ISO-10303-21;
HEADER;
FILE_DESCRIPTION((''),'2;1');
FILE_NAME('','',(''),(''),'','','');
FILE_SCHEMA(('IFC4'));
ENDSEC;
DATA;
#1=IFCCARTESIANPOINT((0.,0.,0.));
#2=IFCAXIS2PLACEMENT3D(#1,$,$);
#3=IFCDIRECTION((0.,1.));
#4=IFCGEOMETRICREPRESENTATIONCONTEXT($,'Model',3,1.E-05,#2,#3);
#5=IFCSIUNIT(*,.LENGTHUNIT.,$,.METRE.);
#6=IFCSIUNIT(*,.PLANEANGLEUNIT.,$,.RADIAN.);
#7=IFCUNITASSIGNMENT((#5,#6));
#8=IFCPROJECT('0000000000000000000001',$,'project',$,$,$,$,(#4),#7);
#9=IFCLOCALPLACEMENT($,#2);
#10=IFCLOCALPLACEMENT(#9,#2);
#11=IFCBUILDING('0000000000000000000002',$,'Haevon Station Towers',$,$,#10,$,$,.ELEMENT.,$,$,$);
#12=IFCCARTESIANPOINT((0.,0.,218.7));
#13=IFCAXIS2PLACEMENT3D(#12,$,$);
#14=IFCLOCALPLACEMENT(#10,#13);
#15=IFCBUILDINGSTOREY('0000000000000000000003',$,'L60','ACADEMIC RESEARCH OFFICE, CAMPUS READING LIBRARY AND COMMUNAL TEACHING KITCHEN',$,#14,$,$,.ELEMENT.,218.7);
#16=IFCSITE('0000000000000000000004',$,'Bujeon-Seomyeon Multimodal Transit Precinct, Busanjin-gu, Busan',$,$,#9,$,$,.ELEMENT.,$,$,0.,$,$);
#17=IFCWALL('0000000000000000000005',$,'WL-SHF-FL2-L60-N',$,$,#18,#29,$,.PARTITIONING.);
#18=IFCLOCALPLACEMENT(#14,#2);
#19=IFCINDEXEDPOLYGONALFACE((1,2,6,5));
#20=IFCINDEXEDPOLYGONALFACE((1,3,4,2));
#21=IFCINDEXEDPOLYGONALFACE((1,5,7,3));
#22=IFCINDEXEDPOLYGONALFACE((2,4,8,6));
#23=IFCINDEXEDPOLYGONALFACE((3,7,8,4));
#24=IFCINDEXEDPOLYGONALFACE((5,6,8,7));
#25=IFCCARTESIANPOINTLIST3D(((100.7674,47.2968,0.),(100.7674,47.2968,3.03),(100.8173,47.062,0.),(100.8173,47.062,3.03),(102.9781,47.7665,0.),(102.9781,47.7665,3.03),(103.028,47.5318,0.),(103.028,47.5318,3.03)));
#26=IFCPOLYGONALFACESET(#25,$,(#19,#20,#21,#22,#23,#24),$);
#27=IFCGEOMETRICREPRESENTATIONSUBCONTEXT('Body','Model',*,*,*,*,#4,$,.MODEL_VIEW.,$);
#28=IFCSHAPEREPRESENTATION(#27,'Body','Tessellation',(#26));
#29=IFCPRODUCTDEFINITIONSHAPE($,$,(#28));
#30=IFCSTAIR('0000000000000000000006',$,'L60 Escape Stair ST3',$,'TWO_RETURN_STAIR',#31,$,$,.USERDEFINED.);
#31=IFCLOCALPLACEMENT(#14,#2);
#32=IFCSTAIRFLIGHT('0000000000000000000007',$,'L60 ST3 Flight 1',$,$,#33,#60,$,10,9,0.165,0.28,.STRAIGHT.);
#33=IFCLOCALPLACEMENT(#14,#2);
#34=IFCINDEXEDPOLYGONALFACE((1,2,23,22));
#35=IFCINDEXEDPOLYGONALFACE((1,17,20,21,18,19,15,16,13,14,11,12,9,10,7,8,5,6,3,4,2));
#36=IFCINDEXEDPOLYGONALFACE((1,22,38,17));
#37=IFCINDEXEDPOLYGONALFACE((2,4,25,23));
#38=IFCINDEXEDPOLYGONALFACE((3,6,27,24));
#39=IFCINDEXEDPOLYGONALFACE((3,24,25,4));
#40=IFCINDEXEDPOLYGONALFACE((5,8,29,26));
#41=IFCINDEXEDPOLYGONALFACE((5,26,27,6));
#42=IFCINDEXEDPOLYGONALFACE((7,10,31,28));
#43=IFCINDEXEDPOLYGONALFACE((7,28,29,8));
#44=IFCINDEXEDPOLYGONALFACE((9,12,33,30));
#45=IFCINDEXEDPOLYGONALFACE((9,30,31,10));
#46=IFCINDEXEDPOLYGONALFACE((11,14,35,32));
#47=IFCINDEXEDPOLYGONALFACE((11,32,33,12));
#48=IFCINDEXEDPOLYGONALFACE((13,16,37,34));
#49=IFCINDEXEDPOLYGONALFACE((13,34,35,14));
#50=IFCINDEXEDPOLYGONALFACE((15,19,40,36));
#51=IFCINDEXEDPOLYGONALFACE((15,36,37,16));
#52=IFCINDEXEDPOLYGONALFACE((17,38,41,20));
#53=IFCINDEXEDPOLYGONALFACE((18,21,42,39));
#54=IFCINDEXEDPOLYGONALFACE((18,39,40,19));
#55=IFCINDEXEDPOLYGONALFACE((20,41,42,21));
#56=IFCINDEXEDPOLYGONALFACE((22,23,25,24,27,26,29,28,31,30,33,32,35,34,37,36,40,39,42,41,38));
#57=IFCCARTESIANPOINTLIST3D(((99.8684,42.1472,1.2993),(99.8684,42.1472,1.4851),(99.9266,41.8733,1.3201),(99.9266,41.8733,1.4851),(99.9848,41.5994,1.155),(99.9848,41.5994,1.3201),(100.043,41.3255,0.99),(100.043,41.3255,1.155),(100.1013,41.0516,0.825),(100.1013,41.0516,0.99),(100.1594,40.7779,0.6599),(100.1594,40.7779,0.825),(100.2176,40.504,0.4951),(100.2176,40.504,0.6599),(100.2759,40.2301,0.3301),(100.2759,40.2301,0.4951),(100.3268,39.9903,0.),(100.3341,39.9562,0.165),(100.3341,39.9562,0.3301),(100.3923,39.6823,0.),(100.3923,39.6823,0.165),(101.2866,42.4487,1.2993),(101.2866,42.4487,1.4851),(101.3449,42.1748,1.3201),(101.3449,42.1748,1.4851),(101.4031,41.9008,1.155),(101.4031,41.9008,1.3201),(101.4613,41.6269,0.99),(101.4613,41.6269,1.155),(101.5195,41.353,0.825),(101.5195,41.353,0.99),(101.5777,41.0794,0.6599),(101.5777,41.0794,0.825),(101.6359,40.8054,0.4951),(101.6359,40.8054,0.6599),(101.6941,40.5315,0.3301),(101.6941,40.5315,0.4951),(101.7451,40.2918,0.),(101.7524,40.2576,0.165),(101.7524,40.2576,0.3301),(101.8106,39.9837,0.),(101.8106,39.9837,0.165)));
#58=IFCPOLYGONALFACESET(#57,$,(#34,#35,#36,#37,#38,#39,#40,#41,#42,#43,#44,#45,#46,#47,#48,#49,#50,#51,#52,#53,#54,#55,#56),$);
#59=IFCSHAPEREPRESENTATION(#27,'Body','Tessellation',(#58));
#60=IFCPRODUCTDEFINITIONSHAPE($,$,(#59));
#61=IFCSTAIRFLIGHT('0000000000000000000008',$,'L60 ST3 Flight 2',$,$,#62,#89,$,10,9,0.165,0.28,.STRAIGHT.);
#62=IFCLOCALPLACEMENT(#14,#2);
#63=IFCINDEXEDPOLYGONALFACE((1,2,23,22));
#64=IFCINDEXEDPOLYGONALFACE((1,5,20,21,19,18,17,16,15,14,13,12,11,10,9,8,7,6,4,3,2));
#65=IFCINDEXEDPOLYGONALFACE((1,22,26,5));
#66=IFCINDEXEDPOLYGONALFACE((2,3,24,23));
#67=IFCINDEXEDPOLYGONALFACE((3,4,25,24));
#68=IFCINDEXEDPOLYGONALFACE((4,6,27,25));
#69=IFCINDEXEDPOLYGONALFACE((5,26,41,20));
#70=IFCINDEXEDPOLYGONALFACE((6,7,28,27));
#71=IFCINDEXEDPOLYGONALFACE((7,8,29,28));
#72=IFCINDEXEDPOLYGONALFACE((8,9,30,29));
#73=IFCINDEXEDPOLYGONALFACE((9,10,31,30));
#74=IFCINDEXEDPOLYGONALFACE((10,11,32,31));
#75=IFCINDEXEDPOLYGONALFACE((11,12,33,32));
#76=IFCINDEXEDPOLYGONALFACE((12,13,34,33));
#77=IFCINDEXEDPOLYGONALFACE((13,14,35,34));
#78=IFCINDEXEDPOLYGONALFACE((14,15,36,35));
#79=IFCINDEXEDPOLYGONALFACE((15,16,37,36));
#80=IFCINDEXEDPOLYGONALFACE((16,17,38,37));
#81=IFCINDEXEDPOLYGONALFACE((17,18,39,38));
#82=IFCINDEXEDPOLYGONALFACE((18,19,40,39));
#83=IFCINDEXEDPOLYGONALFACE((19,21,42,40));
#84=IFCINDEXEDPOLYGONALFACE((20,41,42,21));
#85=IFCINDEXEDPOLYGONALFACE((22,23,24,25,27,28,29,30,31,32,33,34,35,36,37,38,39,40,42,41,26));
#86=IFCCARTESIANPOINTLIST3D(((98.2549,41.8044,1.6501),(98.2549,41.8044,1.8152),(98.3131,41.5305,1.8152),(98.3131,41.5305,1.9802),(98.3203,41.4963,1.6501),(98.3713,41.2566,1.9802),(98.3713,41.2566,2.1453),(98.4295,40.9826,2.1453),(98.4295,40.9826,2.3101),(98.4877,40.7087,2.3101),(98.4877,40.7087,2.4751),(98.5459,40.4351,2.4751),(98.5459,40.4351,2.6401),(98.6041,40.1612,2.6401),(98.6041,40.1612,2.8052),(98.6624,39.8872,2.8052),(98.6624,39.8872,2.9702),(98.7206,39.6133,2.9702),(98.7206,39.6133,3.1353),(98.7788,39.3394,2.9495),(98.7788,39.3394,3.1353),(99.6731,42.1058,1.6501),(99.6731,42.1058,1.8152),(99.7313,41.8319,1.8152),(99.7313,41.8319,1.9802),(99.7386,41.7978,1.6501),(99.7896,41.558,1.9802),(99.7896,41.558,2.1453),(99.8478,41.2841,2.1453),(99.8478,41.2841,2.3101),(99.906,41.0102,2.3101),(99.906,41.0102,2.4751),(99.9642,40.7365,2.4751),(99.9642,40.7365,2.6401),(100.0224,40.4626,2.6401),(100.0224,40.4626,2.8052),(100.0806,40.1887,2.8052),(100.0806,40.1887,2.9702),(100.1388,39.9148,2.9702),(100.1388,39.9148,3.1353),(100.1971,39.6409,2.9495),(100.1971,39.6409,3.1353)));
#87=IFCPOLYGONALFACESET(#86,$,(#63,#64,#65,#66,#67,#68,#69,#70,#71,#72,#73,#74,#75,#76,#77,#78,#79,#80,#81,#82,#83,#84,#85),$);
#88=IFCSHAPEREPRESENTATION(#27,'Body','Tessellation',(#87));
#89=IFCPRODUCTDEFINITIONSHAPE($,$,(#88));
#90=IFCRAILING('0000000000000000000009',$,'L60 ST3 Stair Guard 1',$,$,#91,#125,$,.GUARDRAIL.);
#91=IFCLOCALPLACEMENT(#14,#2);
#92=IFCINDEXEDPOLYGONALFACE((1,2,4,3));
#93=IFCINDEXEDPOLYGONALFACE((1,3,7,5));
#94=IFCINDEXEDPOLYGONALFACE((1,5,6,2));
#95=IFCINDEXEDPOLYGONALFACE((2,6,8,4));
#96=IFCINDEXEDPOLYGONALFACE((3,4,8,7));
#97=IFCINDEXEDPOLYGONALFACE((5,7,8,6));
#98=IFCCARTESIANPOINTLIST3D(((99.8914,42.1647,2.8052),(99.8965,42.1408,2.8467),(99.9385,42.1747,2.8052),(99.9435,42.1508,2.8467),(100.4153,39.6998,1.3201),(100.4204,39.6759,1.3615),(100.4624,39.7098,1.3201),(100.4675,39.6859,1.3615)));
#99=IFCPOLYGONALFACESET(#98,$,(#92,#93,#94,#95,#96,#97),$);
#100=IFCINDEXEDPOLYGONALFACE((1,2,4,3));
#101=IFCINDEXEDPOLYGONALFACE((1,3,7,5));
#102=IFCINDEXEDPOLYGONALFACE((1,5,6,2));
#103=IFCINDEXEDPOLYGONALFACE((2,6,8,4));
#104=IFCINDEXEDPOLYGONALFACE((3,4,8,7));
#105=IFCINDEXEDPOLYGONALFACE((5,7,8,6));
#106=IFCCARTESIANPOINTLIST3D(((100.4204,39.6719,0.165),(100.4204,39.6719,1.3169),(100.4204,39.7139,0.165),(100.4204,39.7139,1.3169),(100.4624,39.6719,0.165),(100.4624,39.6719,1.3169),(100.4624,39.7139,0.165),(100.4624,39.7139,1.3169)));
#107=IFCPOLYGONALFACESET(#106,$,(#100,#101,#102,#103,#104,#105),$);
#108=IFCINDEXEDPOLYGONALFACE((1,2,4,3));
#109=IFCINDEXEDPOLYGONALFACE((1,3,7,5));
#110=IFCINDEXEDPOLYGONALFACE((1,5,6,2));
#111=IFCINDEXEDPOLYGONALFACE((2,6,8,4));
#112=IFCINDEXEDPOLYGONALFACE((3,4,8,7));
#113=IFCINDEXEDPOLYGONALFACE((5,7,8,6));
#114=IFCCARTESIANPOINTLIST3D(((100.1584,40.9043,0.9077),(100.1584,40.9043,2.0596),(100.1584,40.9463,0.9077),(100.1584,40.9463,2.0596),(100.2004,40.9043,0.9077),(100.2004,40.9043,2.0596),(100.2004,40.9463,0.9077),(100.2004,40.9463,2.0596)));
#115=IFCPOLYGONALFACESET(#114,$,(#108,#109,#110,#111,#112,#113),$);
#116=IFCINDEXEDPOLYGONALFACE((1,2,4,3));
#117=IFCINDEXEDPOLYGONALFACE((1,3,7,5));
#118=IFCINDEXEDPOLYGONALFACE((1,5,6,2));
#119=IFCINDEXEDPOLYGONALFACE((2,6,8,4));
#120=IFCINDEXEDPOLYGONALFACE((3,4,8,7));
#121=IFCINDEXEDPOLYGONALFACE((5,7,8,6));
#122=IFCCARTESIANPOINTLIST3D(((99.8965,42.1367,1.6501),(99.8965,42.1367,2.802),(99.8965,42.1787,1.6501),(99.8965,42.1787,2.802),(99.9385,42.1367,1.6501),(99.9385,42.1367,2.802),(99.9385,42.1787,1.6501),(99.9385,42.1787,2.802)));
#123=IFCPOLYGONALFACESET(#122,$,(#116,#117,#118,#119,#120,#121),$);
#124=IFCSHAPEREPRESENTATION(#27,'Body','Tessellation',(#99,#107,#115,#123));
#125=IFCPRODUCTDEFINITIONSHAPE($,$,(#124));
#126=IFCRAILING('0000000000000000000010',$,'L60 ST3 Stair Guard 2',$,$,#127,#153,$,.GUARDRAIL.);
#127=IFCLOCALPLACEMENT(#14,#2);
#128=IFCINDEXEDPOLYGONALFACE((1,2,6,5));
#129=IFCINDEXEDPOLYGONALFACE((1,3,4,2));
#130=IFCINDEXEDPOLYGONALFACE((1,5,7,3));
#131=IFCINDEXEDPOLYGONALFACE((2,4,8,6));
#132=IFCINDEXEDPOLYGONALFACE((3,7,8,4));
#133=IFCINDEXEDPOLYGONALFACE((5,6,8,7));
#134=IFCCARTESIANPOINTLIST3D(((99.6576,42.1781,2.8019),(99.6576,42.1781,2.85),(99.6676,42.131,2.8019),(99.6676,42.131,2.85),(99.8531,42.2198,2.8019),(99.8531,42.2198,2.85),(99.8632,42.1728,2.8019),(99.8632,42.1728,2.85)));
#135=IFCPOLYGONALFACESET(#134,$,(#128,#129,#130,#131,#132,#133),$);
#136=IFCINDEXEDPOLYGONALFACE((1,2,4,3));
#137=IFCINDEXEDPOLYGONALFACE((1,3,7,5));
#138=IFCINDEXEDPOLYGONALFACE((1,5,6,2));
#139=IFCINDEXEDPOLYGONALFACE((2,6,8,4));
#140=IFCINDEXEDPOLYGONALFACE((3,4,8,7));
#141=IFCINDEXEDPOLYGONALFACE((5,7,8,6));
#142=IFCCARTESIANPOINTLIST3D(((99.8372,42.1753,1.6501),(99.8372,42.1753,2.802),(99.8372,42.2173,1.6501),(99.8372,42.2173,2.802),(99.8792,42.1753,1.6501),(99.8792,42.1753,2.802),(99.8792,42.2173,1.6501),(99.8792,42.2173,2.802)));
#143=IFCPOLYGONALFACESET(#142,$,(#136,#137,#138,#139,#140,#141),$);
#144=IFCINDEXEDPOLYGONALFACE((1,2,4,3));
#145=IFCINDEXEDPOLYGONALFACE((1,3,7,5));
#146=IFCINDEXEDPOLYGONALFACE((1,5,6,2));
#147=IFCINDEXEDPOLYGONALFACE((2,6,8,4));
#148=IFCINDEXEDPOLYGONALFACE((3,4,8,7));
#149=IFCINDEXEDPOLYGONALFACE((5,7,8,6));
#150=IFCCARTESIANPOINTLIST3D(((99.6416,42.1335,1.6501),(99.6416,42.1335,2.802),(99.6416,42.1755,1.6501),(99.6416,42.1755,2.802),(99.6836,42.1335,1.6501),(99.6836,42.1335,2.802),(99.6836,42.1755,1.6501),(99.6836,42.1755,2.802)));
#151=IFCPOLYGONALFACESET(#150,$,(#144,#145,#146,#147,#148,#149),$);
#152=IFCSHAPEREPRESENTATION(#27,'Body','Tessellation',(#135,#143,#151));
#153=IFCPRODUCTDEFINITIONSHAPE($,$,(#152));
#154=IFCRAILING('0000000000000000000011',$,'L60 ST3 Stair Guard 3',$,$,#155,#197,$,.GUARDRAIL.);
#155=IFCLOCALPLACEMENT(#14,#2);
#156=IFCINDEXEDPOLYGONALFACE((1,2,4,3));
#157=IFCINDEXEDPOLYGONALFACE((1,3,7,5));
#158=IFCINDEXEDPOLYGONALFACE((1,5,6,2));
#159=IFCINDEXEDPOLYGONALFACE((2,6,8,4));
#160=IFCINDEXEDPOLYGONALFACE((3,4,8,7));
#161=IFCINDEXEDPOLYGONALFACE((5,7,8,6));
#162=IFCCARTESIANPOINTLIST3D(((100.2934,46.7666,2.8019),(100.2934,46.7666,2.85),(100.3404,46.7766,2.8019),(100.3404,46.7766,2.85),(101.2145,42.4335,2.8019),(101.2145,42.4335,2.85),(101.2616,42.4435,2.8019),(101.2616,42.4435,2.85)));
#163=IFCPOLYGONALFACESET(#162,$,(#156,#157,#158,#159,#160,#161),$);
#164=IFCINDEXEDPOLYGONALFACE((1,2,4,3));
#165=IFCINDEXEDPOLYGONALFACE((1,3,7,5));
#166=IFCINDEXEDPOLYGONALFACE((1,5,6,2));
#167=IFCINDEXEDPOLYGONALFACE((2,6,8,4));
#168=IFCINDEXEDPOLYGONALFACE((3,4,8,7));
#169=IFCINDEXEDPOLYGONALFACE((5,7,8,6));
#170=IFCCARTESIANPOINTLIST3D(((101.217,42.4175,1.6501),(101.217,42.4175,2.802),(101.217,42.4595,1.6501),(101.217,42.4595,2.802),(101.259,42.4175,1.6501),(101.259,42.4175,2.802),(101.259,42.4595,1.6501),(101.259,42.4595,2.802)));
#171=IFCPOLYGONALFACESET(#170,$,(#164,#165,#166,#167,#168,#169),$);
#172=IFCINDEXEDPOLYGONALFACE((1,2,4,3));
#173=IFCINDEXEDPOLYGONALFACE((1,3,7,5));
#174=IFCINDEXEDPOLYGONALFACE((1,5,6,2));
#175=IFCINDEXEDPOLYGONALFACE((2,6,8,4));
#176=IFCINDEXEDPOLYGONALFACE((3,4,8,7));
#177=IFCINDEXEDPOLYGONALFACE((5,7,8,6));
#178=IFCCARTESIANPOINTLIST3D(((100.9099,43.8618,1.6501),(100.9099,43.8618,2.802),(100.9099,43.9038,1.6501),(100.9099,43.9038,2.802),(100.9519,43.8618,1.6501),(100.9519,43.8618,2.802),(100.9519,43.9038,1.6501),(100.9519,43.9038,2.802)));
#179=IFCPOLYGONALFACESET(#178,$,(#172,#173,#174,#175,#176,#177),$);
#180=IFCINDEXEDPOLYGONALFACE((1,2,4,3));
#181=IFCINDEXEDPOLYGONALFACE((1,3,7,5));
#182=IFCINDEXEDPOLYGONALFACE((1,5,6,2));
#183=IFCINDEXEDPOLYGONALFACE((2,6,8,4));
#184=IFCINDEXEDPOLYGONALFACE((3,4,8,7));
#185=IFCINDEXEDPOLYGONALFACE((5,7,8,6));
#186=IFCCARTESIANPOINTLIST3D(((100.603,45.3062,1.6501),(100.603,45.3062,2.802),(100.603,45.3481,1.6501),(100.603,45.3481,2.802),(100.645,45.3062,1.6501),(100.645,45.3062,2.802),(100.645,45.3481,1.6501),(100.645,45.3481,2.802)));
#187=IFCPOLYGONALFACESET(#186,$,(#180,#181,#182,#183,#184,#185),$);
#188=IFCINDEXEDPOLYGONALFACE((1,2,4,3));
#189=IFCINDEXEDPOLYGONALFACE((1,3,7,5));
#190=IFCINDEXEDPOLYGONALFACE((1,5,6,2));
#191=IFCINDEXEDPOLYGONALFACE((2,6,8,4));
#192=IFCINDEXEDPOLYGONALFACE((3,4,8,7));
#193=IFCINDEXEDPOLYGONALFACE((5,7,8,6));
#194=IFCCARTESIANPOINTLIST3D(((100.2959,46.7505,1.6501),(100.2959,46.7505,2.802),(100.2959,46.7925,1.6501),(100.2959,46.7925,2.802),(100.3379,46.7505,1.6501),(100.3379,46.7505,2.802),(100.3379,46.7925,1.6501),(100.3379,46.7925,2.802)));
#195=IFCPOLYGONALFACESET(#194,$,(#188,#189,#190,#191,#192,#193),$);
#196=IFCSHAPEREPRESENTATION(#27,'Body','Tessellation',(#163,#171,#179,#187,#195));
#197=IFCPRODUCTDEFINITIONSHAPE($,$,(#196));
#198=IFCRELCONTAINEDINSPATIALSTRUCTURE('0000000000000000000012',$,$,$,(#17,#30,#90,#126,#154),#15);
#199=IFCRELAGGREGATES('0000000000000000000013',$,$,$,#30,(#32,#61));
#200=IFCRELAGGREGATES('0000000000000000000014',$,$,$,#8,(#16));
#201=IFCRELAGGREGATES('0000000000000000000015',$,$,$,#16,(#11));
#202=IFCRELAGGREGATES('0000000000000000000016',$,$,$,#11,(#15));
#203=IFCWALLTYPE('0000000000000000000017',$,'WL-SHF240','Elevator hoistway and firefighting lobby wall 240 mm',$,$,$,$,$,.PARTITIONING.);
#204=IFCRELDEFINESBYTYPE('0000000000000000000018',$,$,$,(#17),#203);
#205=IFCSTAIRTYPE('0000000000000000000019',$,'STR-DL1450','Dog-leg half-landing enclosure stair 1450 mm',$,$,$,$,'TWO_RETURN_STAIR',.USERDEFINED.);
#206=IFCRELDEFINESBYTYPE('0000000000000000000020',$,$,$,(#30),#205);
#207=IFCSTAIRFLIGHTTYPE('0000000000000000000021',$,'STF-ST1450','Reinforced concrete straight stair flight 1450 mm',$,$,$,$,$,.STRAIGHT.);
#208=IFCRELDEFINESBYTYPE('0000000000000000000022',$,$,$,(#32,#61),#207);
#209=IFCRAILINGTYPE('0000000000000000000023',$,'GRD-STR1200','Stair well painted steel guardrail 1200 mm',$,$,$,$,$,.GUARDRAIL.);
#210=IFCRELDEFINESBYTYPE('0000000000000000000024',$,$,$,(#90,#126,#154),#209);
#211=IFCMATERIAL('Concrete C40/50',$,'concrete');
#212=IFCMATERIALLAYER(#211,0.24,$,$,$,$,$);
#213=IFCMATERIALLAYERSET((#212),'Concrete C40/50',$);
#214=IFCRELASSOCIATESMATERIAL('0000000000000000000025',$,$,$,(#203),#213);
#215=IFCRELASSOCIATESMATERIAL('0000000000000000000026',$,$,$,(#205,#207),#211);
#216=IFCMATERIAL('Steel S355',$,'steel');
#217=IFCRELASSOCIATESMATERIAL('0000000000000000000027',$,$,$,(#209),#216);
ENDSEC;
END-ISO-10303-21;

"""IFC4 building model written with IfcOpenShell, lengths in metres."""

from ifc_helpers import new_model, si_unit, direction, frame, frame_2d, origin, origin_2d, place, context, subcontext, project, spatial, polyline, rectangle, outline, extrude, material, layer, layer_set, type_object, element, aggregate, save


model = new_model("IFC4")

# Units and contexts
model_context = context("Model", 3, precision=1e-05, world=origin(), true_north=direction((0.0, 1.0)))
body_context = subcontext(model_context, "Body", "Model", "MODEL_VIEW")
ifc_project = project(units=[si_unit("LENGTHUNIT", "METRE"), si_unit("PLANEANGLEUNIT", "RADIAN")], contexts=[model_context])

# Site, building, storey
site_placement = place(None, origin())
site = spatial("IfcSite", under=ifc_project, at=site_placement, Name="Bujeon-Seomyeon Multimodal Transit Precinct, Busanjin-gu, Busan", CompositionType="ELEMENT", RefElevation=0.0)
building_placement = place(site_placement, origin())
building = spatial("IfcBuilding", under=site, at=building_placement, Name="Haevon Station Towers", CompositionType="ELEMENT")
storey_placement = place(building_placement, frame((0.0, 0.0, 218.7)))
storey = spatial("IfcBuildingStorey", under=building, at=storey_placement, Name="L60", Description="ACADEMIC RESEARCH OFFICE, CAMPUS READING LIBRARY AND COMMUNAL TEACHING KITCHEN", CompositionType="ELEMENT", Elevation=218.7)

# Shared definitions
ifc_material_1 = material(Name="Steel S355", Category="steel")

# Shared definitions
ifc_material_2 = material(Name="Concrete C40/50", Category="concrete")
ifc_layer_1 = layer(ifc_material_2, 0.24)
ifc_layer_set_1 = layer_set([ifc_layer_1], Name="Concrete C40/50")
wall_type_1 = type_object("IfcWallType", Name="WL-SHF240", Description="Elevator hoistway and firefighting lobby wall 240 mm", PredefinedType="PARTITIONING", material=ifc_layer_set_1)

# Wall
wall_1_placement = place(storey_placement, frame((100.7925, 47.1794, 0.0), z_axis=(0.0, 0.0, 1.0), x_axis=(0.978163, 0.207839, 0.0)))
element("IfcWall", 1, at=wall_1_placement, inside=storey, type_object=wall_type_1, Name="WL-SHF-FL2-L60-N", PredefinedType="PARTITIONING", context=body_context, shape_type="SweptSolid", body=[
    extrude(rectangle(XDim=2.26, YDim=0.24, at=frame_2d((1.1299, 0.0))), origin(), (0.0, 0.0, 1.0), 3.03),
])

# Stair, stair flights
stair_type = type_object("IfcStairType", Name="STR-DL1450", Description="Dog-leg half-landing enclosure stair 1450 mm", ElementType="TWO_RETURN_STAIR", PredefinedType="USERDEFINED", material=ifc_material_2)
stair_placement = place(storey_placement, origin())
stair = element("IfcStair", 2, at=stair_placement, inside=storey, type_object=stair_type, Name="L60 Escape Stair ST3", ObjectType="TWO_RETURN_STAIR", PredefinedType="USERDEFINED")
stair_flight_type = type_object("IfcStairFlightType", Name="STF-ST1450", Description="Reinforced concrete straight stair flight 1450 mm", PredefinedType="STRAIGHT", material=ifc_material_2)
stair_flight_1_placement = place(storey_placement, frame((101.1016, 39.833, 0.0), z_axis=(0.0, 0.0, 1.0), x_axis=(-0.207912, 0.978148, 0.0)))
stair_flight_1 = element("IfcStairFlight", 3, at=stair_flight_1_placement, type_object=stair_flight_type, Name="L60 ST3 Flight 1", NumberOfRisers=10, NumberOfTreads=9, PredefinedType="STRAIGHT", RiserHeight=0.165, TreadLength=0.28, context=body_context, shape_type="SweptSolid", body=[
    extrude(outline(polyline([(0.0, 0.0), (0.0, 0.165), (0.28, 0.165), (0.28, 0.3301), (0.5601, 0.3301), (0.5601, 0.4951), (0.8401, 0.4951), (0.8401, 0.6599), (1.1201, 0.6599), (1.1201, 0.825), (1.3999, 0.825), (1.3999, 0.99), (1.6799, 0.99), (1.6799, 1.155), (1.96, 1.155), (1.96, 1.3201), (2.24, 1.3201), (2.24, 1.4851), (2.52, 1.4851), (2.52, 1.6499), (2.52, 1.2993), (0.3149, 0.0), (0.0, 0.0)])), frame((0.0, 0.7251, 0.0), z_axis=(0.0, -1.0, 0.0), x_axis=(1.0, 0.0, 0.0)), (0.0, 0.0, 1.0), 1.45),
])
stair_flight_2_placement = place(storey_placement, frame((98.9639, 41.9551, 1.6501), z_axis=(0.0, 0.0, 1.0), x_axis=(0.207912, -0.978148, 0.0)))
stair_flight_2 = element("IfcStairFlight", 4, at=stair_flight_2_placement, type_object=stair_flight_type, Name="L60 ST3 Flight 2", NumberOfRisers=10, NumberOfTreads=9, PredefinedType="STRAIGHT", RiserHeight=0.165, TreadLength=0.28, context=body_context, shape_type="SweptSolid", body=[
    extrude(outline(polyline([(0.0, 0.0), (0.0, 0.165), (0.28, 0.165), (0.28, 0.3301), (0.5601, 0.3301), (0.5601, 0.4951), (0.8401, 0.4951), (0.8401, 0.6599), (1.1201, 0.6599), (1.1201, 0.825), (1.3999, 0.825), (1.3999, 0.99), (1.6799, 0.99), (1.6799, 1.155), (1.96, 1.155), (1.96, 1.3201), (2.24, 1.3201), (2.24, 1.4851), (2.52, 1.4851), (2.52, 1.6499), (2.52, 1.2993), (0.3149, 0.0), (0.0, 0.0)])), frame((0.0, 0.7251, 0.0), z_axis=(0.0, -1.0, 0.0), x_axis=(1.0, 0.0, 0.0)), (0.0, 0.0, 1.0), 1.45),
])
aggregate(stair, [stair_flight_1, stair_flight_2])

# Railings
railing_type_1 = type_object("IfcRailingType", Name="GRD-STR1200", Description="Stair well painted steel guardrail 1200 mm", PredefinedType="GUARDRAIL", material=ifc_material_1)
railing_1_placement = place(storey_placement, frame((100.4414, 39.6929, 0.165)))
element("IfcRailing", 5, at=railing_1_placement, inside=storey, type_object=railing_type_1, Name="L60 ST3 Stair Guard 1", PredefinedType="GUARDRAIL", context=body_context, shape_type="SweptSolid", body=[
    extrude(rectangle(XDim=0.0481, YDim=0.0481, at=origin_2d()), frame((0.0, 0.0, 1.1758), z_axis=(-0.179121, 0.842688, 0.507733), x_axis=(-0.978147, -0.207914, 0.0)), (0.0, 0.0, 1.0), 2.925),
    extrude(rectangle(XDim=0.042, YDim=0.042, at=origin_2d()), origin(), (0.0, 0.0, 1.0), 1.1519),
    extrude(rectangle(XDim=0.042, YDim=0.042, at=origin_2d()), frame((-0.262, 1.2324, 0.7427)), (0.0, 0.0, 1.0), 1.1519),
    extrude(rectangle(XDim=0.042, YDim=0.042, at=origin_2d()), frame((-0.5239, 2.4648, 1.4851)), (0.0, 0.0, 1.0), 1.1519),
])
railing_2_placement = place(storey_placement, frame((99.8582, 42.1963, 1.6501)))
element("IfcRailing", 6, at=railing_2_placement, inside=storey, type_object=railing_type_1, Name="L60 ST3 Stair Guard 2", PredefinedType="GUARDRAIL", context=body_context, shape_type="SweptSolid", body=[
    extrude(rectangle(XDim=0.0481, YDim=0.0481, at=origin_2d()), frame((0.0, 0.0, 1.1758), z_axis=(-0.977963, -0.208779, 0.0), x_axis=(0.208779, -0.977963, 0.0)), (0.0, 0.0, 1.0), 0.2),
    extrude(rectangle(XDim=0.042, YDim=0.042, at=origin_2d()), origin(), (0.0, 0.0, 1.0), 1.1519),
    extrude(rectangle(XDim=0.042, YDim=0.042, at=origin_2d()), frame((-0.1956, -0.0417, 0.0)), (0.0, 0.0, 1.0), 1.1519),
])
railing_3_placement = place(storey_placement, frame((101.238, 42.4385, 1.6501)))
element("IfcRailing", 7, at=railing_3_placement, inside=storey, type_object=railing_type_1, Name="L60 ST3 Stair Guard 3", PredefinedType="GUARDRAIL", context=body_context, shape_type="SweptSolid", body=[
    extrude(rectangle(XDim=0.0481, YDim=0.0481, at=origin_2d()), frame((0.0, 0.0, 1.1758), z_axis=(-0.20794, 0.978141, 0.0), x_axis=(-0.978141, -0.20794, 0.0)), (0.0, 0.0, 1.0), 4.4299),
    extrude(rectangle(XDim=0.042, YDim=0.042, at=origin_2d()), origin(), (0.0, 0.0, 1.0), 1.1519),
    extrude(rectangle(XDim=0.042, YDim=0.042, at=origin_2d()), frame((-0.3071, 1.4443, 0.0)), (0.0, 0.0, 1.0), 1.1519),
    extrude(rectangle(XDim=0.042, YDim=0.042, at=origin_2d()), frame((-0.614, 2.8887, 0.0)), (0.0, 0.0, 1.0), 1.1519),
    extrude(rectangle(XDim=0.042, YDim=0.042, at=origin_2d()), frame((-0.9211, 4.333, 0.0)), (0.0, 0.0, 1.0), 1.1519),
])

save(model, "model.ifc")
